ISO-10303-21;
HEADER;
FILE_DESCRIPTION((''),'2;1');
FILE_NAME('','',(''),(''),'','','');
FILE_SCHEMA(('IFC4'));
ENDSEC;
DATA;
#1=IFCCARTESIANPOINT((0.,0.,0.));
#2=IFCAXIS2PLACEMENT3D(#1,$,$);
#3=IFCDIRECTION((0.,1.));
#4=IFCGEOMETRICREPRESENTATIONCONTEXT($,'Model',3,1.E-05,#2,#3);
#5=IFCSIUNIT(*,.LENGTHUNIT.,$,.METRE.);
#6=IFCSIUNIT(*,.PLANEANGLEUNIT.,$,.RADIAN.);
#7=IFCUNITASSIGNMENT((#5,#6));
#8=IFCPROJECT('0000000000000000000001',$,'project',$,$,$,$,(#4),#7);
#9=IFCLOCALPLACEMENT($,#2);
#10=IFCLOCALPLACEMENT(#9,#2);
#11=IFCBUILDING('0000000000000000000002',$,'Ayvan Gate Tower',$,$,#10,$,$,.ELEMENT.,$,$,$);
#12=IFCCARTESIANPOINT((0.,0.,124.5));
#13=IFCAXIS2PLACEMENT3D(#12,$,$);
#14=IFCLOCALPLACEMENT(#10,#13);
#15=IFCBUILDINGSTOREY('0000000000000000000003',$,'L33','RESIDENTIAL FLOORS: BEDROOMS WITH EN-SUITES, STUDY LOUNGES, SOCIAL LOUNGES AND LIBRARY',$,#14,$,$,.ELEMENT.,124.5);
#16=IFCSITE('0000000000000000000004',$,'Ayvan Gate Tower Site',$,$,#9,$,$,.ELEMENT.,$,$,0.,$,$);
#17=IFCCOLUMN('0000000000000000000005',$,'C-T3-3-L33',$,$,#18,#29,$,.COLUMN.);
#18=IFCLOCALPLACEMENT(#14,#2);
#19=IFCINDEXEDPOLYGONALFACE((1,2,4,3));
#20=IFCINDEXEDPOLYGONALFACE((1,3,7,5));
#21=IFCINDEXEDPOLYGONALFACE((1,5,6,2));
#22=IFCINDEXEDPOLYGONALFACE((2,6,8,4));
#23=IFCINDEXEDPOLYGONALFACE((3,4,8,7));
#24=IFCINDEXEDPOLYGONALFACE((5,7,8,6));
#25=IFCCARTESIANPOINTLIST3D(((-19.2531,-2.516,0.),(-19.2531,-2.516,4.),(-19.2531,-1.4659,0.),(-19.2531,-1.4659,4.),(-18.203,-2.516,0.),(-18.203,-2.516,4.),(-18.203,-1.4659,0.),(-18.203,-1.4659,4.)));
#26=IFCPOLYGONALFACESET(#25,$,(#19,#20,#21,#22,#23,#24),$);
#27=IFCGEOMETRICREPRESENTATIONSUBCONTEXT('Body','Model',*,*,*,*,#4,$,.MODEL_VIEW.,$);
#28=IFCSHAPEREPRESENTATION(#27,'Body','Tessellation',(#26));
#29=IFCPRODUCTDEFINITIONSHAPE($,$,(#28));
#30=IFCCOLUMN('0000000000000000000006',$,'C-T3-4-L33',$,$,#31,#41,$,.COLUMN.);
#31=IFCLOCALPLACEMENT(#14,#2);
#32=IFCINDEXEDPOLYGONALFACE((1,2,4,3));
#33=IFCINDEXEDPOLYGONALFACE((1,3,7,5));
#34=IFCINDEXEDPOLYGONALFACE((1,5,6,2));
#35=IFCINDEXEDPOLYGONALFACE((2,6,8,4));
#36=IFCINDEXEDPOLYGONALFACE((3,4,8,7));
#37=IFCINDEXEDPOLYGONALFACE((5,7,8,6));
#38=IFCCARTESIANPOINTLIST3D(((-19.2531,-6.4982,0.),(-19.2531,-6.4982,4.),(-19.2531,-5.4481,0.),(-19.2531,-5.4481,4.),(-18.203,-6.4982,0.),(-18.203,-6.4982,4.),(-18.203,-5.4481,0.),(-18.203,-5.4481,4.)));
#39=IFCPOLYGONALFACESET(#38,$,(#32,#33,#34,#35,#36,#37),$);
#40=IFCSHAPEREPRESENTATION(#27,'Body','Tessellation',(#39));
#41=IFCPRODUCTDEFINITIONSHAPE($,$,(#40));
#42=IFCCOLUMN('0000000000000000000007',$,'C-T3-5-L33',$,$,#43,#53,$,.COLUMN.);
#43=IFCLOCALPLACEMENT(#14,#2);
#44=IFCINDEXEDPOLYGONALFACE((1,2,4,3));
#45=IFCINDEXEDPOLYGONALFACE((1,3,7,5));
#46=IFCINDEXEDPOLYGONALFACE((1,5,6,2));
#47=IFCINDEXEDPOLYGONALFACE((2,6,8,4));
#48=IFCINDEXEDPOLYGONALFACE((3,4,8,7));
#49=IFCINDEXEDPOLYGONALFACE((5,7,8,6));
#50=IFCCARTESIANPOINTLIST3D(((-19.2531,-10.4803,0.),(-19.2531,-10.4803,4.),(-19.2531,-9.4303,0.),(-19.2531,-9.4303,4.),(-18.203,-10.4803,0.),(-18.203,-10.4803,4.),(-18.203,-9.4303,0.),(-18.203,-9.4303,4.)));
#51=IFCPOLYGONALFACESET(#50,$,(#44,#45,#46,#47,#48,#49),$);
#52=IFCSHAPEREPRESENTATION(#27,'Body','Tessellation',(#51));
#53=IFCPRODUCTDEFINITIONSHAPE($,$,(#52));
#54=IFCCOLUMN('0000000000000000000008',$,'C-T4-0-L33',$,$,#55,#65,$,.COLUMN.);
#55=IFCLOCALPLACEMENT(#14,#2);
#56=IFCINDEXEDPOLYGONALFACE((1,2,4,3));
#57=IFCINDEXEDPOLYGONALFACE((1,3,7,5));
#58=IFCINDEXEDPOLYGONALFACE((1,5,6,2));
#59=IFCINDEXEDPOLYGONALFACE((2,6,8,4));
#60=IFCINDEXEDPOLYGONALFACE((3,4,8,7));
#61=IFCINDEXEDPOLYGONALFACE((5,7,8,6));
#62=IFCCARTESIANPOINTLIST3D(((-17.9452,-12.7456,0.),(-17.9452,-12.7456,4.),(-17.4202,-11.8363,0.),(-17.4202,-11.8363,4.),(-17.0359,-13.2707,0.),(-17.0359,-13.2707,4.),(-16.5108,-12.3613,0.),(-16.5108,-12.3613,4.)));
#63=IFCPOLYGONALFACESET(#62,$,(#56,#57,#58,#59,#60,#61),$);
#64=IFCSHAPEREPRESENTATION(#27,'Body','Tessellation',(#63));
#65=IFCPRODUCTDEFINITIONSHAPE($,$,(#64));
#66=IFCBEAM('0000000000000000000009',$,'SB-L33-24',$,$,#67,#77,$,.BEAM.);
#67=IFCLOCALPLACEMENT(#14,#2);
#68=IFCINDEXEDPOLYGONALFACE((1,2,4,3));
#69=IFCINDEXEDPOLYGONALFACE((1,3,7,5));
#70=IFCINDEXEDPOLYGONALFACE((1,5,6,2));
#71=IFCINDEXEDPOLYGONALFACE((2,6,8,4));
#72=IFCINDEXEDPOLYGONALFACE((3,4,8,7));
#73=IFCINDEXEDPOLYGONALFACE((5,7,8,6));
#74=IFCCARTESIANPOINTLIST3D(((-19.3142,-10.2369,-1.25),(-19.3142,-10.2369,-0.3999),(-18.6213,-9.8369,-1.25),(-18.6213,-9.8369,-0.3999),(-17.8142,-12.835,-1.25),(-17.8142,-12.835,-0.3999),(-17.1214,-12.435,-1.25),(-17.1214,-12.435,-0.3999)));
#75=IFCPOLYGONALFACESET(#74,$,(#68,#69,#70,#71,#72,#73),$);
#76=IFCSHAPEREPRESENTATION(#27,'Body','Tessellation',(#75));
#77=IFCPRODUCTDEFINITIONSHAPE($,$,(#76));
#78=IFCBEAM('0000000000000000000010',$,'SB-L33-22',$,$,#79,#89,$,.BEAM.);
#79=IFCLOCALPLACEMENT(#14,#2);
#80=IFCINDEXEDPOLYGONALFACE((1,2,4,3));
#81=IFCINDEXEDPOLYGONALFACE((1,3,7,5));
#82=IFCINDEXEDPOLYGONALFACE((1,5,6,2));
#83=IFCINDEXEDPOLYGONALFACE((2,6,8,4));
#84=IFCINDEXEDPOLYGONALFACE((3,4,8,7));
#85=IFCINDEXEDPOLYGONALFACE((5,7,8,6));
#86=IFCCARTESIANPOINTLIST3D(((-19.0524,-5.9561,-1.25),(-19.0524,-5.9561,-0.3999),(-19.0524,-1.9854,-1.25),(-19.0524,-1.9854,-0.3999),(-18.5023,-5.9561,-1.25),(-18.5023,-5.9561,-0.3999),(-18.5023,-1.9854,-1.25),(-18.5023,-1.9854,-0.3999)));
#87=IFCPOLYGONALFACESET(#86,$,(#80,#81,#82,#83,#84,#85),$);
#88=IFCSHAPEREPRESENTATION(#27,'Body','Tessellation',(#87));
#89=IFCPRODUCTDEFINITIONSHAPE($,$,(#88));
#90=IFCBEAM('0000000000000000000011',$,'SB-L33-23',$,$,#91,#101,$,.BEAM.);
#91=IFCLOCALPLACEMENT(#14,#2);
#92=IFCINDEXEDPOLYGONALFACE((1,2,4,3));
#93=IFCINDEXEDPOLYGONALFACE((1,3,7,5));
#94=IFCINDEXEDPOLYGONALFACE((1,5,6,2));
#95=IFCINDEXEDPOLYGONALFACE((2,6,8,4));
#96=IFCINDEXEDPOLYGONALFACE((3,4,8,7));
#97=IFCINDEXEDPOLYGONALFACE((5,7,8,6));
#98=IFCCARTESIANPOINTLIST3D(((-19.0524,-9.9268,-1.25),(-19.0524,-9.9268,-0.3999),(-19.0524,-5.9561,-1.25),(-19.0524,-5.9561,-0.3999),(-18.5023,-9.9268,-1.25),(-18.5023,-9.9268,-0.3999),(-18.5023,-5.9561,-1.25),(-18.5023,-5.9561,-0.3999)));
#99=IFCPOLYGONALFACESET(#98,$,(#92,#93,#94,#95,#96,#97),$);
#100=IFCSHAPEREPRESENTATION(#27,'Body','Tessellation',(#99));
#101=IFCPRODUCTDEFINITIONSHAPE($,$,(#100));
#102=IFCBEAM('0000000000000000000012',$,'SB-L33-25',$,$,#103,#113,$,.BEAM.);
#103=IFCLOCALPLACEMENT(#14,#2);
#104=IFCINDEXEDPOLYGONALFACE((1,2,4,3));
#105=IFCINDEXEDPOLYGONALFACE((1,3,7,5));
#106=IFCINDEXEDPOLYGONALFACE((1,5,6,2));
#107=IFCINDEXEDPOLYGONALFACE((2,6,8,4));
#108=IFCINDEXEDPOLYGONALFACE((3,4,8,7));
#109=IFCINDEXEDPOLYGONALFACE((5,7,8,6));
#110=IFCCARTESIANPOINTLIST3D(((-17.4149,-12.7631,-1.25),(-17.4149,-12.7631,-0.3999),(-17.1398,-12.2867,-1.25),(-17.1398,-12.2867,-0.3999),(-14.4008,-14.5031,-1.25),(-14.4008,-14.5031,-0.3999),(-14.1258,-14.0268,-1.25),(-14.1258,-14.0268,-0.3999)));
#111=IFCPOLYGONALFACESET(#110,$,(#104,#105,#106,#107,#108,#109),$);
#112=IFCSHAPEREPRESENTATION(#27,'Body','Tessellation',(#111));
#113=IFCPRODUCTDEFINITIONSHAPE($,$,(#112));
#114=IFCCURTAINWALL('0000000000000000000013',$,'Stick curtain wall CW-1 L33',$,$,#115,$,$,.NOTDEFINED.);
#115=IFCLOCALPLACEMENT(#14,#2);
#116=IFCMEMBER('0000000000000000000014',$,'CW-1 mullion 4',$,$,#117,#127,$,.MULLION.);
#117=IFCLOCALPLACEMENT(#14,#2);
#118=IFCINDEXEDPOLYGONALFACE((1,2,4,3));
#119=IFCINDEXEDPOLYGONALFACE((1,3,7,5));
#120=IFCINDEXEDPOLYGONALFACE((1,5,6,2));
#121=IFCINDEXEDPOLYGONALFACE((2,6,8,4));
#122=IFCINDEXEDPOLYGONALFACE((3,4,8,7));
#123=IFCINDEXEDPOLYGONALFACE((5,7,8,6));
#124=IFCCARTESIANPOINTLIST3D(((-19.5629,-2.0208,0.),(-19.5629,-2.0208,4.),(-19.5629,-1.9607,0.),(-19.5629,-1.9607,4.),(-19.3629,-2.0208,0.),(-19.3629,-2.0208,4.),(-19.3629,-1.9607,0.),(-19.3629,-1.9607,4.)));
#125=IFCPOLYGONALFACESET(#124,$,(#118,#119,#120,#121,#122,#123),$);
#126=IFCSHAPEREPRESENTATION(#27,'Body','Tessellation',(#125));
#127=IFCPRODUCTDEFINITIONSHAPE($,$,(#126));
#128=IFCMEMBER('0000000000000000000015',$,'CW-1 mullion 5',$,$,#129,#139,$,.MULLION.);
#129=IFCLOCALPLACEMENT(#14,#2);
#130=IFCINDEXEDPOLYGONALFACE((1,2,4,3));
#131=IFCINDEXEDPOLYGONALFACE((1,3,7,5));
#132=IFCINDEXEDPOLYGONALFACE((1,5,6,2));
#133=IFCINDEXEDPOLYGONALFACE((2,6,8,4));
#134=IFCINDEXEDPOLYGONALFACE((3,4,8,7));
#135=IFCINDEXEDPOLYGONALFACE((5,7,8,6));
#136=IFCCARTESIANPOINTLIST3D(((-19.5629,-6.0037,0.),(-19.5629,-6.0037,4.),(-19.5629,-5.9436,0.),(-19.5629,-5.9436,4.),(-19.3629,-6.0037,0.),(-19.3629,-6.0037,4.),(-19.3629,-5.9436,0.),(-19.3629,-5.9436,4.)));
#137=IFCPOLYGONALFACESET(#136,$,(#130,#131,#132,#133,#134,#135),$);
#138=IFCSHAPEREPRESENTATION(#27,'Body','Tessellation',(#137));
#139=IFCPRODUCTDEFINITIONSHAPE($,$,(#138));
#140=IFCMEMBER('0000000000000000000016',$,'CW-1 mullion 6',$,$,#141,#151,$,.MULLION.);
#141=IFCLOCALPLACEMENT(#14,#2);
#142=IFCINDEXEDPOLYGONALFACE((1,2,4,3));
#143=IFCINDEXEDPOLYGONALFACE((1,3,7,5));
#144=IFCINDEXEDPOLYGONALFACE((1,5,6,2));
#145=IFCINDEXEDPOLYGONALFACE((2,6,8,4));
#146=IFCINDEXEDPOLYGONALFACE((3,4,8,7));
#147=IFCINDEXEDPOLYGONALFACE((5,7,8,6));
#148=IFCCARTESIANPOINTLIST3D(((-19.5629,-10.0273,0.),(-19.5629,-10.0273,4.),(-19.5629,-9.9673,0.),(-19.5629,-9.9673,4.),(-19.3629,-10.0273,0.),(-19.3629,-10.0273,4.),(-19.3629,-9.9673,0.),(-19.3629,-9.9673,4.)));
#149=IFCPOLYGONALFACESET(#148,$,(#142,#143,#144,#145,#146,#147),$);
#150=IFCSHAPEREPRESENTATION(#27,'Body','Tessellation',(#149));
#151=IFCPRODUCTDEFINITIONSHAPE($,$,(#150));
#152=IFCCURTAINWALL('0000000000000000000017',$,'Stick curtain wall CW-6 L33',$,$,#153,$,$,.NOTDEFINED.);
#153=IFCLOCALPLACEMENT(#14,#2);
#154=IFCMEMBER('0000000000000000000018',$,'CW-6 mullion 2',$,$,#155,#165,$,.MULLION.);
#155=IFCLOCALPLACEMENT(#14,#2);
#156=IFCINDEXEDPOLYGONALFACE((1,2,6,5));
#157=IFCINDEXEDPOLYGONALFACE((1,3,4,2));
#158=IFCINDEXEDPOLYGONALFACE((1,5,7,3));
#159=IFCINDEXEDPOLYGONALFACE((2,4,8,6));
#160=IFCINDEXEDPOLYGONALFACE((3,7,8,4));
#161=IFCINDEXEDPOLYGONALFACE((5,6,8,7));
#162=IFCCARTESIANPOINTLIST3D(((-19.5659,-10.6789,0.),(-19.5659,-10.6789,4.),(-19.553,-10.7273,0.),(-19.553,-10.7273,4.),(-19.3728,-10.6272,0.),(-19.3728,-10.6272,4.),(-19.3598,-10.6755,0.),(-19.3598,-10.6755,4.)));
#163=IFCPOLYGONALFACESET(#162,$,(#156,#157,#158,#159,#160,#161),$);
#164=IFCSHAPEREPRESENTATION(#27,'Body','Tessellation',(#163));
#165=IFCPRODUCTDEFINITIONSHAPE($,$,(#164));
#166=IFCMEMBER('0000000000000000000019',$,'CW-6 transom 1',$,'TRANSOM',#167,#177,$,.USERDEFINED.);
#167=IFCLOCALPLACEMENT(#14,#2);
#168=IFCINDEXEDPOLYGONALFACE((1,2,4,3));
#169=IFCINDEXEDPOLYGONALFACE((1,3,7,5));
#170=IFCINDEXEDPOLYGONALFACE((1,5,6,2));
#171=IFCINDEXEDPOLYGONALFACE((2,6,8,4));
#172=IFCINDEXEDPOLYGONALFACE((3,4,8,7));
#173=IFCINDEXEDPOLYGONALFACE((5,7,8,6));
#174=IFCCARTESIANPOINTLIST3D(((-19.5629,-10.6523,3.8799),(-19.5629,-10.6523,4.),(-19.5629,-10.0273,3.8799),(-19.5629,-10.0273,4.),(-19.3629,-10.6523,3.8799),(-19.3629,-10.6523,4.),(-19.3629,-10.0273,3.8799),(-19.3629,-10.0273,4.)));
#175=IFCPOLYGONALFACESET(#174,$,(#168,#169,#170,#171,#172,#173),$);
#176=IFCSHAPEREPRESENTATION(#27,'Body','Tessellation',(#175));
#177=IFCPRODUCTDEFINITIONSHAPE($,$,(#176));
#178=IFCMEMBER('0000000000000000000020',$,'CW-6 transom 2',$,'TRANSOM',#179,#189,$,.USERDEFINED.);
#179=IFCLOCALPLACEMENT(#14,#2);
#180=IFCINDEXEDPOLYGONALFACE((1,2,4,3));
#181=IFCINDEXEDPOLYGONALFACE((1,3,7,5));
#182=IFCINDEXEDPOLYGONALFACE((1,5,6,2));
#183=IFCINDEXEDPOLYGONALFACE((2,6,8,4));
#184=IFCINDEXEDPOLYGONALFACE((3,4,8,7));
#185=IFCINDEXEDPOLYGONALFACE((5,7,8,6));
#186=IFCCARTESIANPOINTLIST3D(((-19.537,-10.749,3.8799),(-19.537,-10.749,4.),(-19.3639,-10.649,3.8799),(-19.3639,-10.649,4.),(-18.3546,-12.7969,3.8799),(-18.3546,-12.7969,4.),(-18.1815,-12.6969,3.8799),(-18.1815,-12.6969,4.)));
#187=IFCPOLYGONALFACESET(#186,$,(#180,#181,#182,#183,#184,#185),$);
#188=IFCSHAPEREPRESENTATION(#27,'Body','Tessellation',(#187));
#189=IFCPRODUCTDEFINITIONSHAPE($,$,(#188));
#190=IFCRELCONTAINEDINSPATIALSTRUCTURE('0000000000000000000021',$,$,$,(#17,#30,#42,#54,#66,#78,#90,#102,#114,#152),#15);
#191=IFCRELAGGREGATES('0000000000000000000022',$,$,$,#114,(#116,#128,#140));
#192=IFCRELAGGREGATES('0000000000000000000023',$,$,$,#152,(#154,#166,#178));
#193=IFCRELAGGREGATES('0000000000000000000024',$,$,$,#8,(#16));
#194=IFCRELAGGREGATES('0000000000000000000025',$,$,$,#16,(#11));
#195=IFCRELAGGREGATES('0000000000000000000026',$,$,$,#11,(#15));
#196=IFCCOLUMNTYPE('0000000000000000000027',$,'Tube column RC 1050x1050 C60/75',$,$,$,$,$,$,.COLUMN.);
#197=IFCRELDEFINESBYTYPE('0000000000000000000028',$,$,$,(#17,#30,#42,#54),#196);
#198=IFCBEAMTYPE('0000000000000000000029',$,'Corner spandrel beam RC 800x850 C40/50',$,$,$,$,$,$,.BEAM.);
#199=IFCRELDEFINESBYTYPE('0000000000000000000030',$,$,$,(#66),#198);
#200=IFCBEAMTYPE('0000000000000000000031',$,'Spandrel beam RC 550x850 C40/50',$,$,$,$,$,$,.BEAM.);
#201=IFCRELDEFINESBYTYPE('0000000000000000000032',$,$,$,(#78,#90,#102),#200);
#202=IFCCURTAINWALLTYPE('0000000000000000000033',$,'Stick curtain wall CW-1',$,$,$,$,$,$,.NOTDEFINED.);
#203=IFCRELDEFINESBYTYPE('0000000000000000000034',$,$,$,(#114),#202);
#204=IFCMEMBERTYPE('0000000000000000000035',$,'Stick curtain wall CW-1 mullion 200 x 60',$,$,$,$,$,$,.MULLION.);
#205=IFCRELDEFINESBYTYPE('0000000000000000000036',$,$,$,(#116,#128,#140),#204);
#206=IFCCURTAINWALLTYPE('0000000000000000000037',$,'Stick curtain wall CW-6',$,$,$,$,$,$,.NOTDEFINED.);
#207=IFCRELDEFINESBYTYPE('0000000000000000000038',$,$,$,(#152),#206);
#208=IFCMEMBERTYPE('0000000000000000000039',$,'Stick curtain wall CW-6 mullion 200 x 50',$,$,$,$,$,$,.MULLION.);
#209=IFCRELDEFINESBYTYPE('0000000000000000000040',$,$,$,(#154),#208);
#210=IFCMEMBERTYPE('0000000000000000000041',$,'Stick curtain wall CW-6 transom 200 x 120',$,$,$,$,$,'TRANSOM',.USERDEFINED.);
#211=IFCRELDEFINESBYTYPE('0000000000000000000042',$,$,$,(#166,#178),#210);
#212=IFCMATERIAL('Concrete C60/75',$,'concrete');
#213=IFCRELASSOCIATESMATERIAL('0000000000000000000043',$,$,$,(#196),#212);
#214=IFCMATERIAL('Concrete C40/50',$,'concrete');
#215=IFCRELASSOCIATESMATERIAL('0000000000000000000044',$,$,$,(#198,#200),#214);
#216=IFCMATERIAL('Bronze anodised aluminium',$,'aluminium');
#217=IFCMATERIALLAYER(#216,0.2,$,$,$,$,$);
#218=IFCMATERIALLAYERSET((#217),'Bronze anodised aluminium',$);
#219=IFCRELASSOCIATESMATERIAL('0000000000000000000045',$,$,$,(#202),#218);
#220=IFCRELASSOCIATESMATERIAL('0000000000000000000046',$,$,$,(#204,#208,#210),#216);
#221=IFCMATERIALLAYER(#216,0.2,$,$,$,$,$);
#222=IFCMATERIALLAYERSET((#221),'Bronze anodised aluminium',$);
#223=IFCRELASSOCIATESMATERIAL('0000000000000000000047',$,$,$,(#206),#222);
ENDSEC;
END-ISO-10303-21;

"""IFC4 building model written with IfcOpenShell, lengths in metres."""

from ifc_helpers import new_model, si_unit, direction, frame, origin, origin_2d, place, context, subcontext, project, spatial, rectangle, extrude, material, layer, layer_set, material_profile, profile_set, type_object, element, aggregate, save


model = new_model("IFC4")

# Units and contexts
model_context = context("Model", 3, precision=1e-05, world=origin(), true_north=direction((0.0, 1.0)))
body_context = subcontext(model_context, "Body", "Model", "MODEL_VIEW")
ifc_project = project(units=[si_unit("LENGTHUNIT", "METRE"), si_unit("PLANEANGLEUNIT", "RADIAN")], contexts=[model_context])

# Site, building, storey
site_placement = place(None, origin())
site = spatial("IfcSite", under=ifc_project, at=site_placement, Name="Ayvan Gate Tower Site", CompositionType="ELEMENT", RefElevation=0.0)
building_placement = place(site_placement, origin())
building = spatial("IfcBuilding", under=site, at=building_placement, Name="Ayvan Gate Tower", CompositionType="ELEMENT")
storey_placement = place(building_placement, frame((0.0, 0.0, 124.5)))
storey = spatial("IfcBuildingStorey", under=building, at=storey_placement, Name="L33", Description="RESIDENTIAL FLOORS: BEDROOMS WITH EN-SUITES, STUDY LOUNGES, SOCIAL LOUNGES AND LIBRARY", CompositionType="ELEMENT", Elevation=124.5)

# Columns
ifc_material_1 = material(Name="Concrete C60/75", Category="concrete")
ifc_material_profile_1 = material_profile(ifc_material_1, rectangle(XDim=1.05, YDim=1.05, at=origin_2d()), Name="RC 1050x1050")
ifc_profile_set_1 = profile_set([ifc_material_profile_1], Name="Concrete C60/75")
column_type = type_object("IfcColumnType", Name="Tube column RC 1050x1050 C60/75", PredefinedType="COLUMN", material=ifc_profile_set_1)
for number, where, z_axis, x_axis, name in (
    (1, (-18.728, -1.991, 0.0), (0.0, 0.0, 1.0), (-1.0, 0.0, 0.0), "C-T3-3-L33"),
    (2, (-18.728, -5.9731, 0.0), (0.0, 0.0, 1.0), (-1.0, 0.0, 0.0), "C-T3-4-L33"),
    (3, (-18.728, -9.9553, 0.0), (0.0, 0.0, 1.0), (-1.0, 0.0, 0.0), "C-T3-5-L33"),
    (4, (-17.228, -12.5535, 0.0), (0.0, 0.0, 1.0), (-0.5, -0.866025, 0.0), "C-T4-0-L33"),
):
    element("IfcColumn", number, at=place(storey_placement, frame(where, z_axis=z_axis, x_axis=x_axis)), inside=storey, type_object=column_type, Name=name, PredefinedType="COLUMN", context=body_context, shape_type="SweptSolid", body=[
        extrude(rectangle(XDim=1.05, YDim=1.05, at=origin_2d()), origin(), (0.0, 0.0, 1.0), 4.0),
    ])

# Beams
ifc_material_2 = material(Name="Concrete C40/50", Category="concrete")
ifc_material_profile_2 = material_profile(ifc_material_2, rectangle(XDim=0.8, YDim=0.8501, at=origin_2d()), Name="RC 800x850")
ifc_profile_set_2 = profile_set([ifc_material_profile_2], Name="Concrete C40/50")
beam_type_1 = type_object("IfcBeamType", Name="Corner spandrel beam RC 800x850 C40/50", PredefinedType="BEAM", material=ifc_profile_set_2)
beam_1_placement = place(storey_placement, frame((-18.9678, -10.0369, -0.825), z_axis=(0.49999, -0.866031, 0.0), x_axis=(0.866031, 0.49999, 0.0)))
element("IfcBeam", 5, at=beam_1_placement, inside=storey, type_object=beam_type_1, Name="SB-L33-24", PredefinedType="BEAM", context=body_context, shape_type="SweptSolid", body=[
    extrude(rectangle(XDim=0.8, YDim=0.8501, at=origin_2d()), origin(), (0.0, 0.0, 1.0), 3.0),
])
ifc_material_profile_3 = material_profile(ifc_material_2, rectangle(XDim=0.55, YDim=0.8501, at=origin_2d()), Name="RC 550x850")
ifc_profile_set_3 = profile_set([ifc_material_profile_3], Name="Concrete C40/50")
beam_type_2 = type_object("IfcBeamType", Name="Spandrel beam RC 550x850 C40/50", PredefinedType="BEAM", material=ifc_profile_set_3)
for number, where, z_axis, x_axis, name in (
    (6, (-18.7773, -1.9854, -0.825), (0.0, -1.0, 0.0), (1.0, 0.0, 0.0), "SB-L33-22"),
    (7, (-18.7773, -5.9561, -0.825), (0.0, -1.0, 0.0), (1.0, 0.0, 0.0), "SB-L33-23"),
):
    element("IfcBeam", number, at=place(storey_placement, frame(where, z_axis=z_axis, x_axis=x_axis)), inside=storey, type_object=beam_type_2, Name=name, PredefinedType="BEAM", context=body_context, shape_type="SweptSolid", body=[
        extrude(rectangle(XDim=0.55, YDim=0.8501, at=origin_2d()), origin(), (0.0, 0.0, 1.0), 3.9707),
    ])
beam_2_placement = place(storey_placement, frame((-17.2773, -12.5249, -0.825), z_axis=(0.866037, -0.49998, 0.0), x_axis=(0.49998, 0.866037, 0.0)))
element("IfcBeam", 8, at=beam_2_placement, inside=storey, type_object=beam_type_2, Name="SB-L33-25", PredefinedType="BEAM", context=body_context, shape_type="SweptSolid", body=[
    extrude(rectangle(XDim=0.55, YDim=0.8501, at=origin_2d()), origin(), (0.0, 0.0, 1.0), 3.4802),
])

# Curtain walls, members
ifc_material_3 = material(Name="Bronze anodised aluminium", Category="aluminium")
ifc_layer_1 = layer(ifc_material_3, 0.2)
ifc_layer_set_1 = layer_set([ifc_layer_1], Name="Bronze anodised aluminium")
curtain_wall_type_1 = type_object("IfcCurtainWallType", Name="Stick curtain wall CW-1", PredefinedType="NOTDEFINED", material=ifc_layer_set_1)
curtain_wall_1_placement = place(storey_placement, origin())
curtain_wall_1 = element("IfcCurtainWall", 9, at=curtain_wall_1_placement, inside=storey, type_object=curtain_wall_type_1, Name="Stick curtain wall CW-1 L33", PredefinedType="NOTDEFINED")
ifc_material_profile_4 = material_profile(ifc_material_3, rectangle(XDim=0.2, YDim=0.0601, at=origin_2d()), Name="Stick curtain wall CW-1 mullion 200 x 60")
ifc_profile_set_4 = profile_set([ifc_material_profile_4], Name="Bronze anodised aluminium")
member_type_1 = type_object("IfcMemberType", Name="Stick curtain wall CW-1 mullion 200 x 60", PredefinedType="MULLION", material=ifc_profile_set_4)
member_1_placement = place(storey_placement, frame((-19.4629, -1.9907, 0.0), z_axis=(0.0, 0.0, 1.0), x_axis=(-1.0, 0.0, 0.0)))
member_1 = element("IfcMember", 10, at=member_1_placement, type_object=member_type_1, Name="CW-1 mullion 4", PredefinedType="MULLION", context=body_context, shape_type="SweptSolid", body=[
    extrude(rectangle(XDim=0.2, YDim=0.0601, at=origin_2d()), origin(), (0.0, 0.0, 1.0), 4.0),
])
member_2_placement = place(storey_placement, frame((-19.4629, -5.9736, 0.0), z_axis=(0.0, 0.0, 1.0), x_axis=(-1.0, 0.0, 0.0)))
member_2 = element("IfcMember", 11, at=member_2_placement, type_object=member_type_1, Name="CW-1 mullion 5", PredefinedType="MULLION", context=body_context, shape_type="SweptSolid", body=[
    extrude(rectangle(XDim=0.2, YDim=0.0601, at=origin_2d()), origin(), (0.0, 0.0, 1.0), 4.0),
])
member_3_placement = place(storey_placement, frame((-19.4629, -9.9973, 0.0), z_axis=(0.0, 0.0, 1.0), x_axis=(-1.0, 0.0, 0.0)))
member_3 = element("IfcMember", 12, at=member_3_placement, type_object=member_type_1, Name="CW-1 mullion 6", PredefinedType="MULLION", context=body_context, shape_type="SweptSolid", body=[
    extrude(rectangle(XDim=0.2, YDim=0.0601, at=origin_2d()), origin(), (0.0, 0.0, 1.0), 4.0),
])
ifc_layer_2 = layer(ifc_material_3, 0.2)
ifc_layer_set_2 = layer_set([ifc_layer_2], Name="Bronze anodised aluminium")
curtain_wall_type_2 = type_object("IfcCurtainWallType", Name="Stick curtain wall CW-6", PredefinedType="NOTDEFINED", material=ifc_layer_set_2)
curtain_wall_2_placement = place(storey_placement, origin())
curtain_wall_2 = element("IfcCurtainWall", 13, at=curtain_wall_2_placement, inside=storey, type_object=curtain_wall_type_2, Name="Stick curtain wall CW-6 L33", PredefinedType="NOTDEFINED")
ifc_material_profile_5 = material_profile(ifc_material_3, rectangle(XDim=0.2, YDim=0.05, at=origin_2d()), Name="Stick curtain wall CW-6 mullion 200 x 50")
ifc_profile_set_5 = profile_set([ifc_material_profile_5], Name="Bronze anodised aluminium")
member_type_2 = type_object("IfcMemberType", Name="Stick curtain wall CW-6 mullion 200 x 50", PredefinedType="MULLION", material=ifc_profile_set_5)
member_4_placement = place(storey_placement, frame((-19.4629, -10.6772, 0.0), z_axis=(0.0, 0.0, 1.0), x_axis=(-0.965926, -0.258819, 0.0)))
member_4 = element("IfcMember", 14, at=member_4_placement, type_object=member_type_2, Name="CW-6 mullion 2", PredefinedType="MULLION", context=body_context, shape_type="SweptSolid", body=[
    extrude(rectangle(XDim=0.2, YDim=0.05, at=origin_2d()), origin(), (0.0, 0.0, 1.0), 4.0),
])
ifc_material_profile_6 = material_profile(ifc_material_3, rectangle(XDim=0.2, YDim=0.1201, at=origin_2d()), Name="Stick curtain wall CW-6 transom 200 x 120")
ifc_profile_set_6 = profile_set([ifc_material_profile_6], Name="Bronze anodised aluminium")
member_type_3 = type_object("IfcMemberType", Name="Stick curtain wall CW-6 transom 200 x 120", ElementType="TRANSOM", PredefinedType="USERDEFINED", material=ifc_profile_set_6)
member_5_placement = place(storey_placement, frame((-19.4629, -10.0273, 3.9399), z_axis=(0.0, -1.0, 0.0), x_axis=(1.0, 0.0, 0.0)))
member_5 = element("IfcMember", 15, at=member_5_placement, type_object=member_type_3, Name="CW-6 transom 1", ObjectType="TRANSOM", PredefinedType="USERDEFINED", context=body_context, shape_type="SweptSolid", body=[
    extrude(rectangle(XDim=0.2, YDim=0.1201, at=origin_2d()), origin(), (0.0, 0.0, 1.0), 0.625),
])
member_6_placement = place(storey_placement, frame((-19.4504, -10.699, 3.9399), z_axis=(0.500014, -0.866017, 0.0), x_axis=(0.866017, 0.500014, 0.0)))
member_6 = element("IfcMember", 16, at=member_6_placement, type_object=member_type_3, Name="CW-6 transom 2", ObjectType="TRANSOM", PredefinedType="USERDEFINED", context=body_context, shape_type="SweptSolid", body=[
    extrude(rectangle(XDim=0.2, YDim=0.1201, at=origin_2d()), origin(), (0.0, 0.0, 1.0), 2.3647),
])

aggregate(curtain_wall_1, [member_1, member_2, member_3])
aggregate(curtain_wall_2, [member_4, member_5, member_6])

save(model, "model.ifc")
